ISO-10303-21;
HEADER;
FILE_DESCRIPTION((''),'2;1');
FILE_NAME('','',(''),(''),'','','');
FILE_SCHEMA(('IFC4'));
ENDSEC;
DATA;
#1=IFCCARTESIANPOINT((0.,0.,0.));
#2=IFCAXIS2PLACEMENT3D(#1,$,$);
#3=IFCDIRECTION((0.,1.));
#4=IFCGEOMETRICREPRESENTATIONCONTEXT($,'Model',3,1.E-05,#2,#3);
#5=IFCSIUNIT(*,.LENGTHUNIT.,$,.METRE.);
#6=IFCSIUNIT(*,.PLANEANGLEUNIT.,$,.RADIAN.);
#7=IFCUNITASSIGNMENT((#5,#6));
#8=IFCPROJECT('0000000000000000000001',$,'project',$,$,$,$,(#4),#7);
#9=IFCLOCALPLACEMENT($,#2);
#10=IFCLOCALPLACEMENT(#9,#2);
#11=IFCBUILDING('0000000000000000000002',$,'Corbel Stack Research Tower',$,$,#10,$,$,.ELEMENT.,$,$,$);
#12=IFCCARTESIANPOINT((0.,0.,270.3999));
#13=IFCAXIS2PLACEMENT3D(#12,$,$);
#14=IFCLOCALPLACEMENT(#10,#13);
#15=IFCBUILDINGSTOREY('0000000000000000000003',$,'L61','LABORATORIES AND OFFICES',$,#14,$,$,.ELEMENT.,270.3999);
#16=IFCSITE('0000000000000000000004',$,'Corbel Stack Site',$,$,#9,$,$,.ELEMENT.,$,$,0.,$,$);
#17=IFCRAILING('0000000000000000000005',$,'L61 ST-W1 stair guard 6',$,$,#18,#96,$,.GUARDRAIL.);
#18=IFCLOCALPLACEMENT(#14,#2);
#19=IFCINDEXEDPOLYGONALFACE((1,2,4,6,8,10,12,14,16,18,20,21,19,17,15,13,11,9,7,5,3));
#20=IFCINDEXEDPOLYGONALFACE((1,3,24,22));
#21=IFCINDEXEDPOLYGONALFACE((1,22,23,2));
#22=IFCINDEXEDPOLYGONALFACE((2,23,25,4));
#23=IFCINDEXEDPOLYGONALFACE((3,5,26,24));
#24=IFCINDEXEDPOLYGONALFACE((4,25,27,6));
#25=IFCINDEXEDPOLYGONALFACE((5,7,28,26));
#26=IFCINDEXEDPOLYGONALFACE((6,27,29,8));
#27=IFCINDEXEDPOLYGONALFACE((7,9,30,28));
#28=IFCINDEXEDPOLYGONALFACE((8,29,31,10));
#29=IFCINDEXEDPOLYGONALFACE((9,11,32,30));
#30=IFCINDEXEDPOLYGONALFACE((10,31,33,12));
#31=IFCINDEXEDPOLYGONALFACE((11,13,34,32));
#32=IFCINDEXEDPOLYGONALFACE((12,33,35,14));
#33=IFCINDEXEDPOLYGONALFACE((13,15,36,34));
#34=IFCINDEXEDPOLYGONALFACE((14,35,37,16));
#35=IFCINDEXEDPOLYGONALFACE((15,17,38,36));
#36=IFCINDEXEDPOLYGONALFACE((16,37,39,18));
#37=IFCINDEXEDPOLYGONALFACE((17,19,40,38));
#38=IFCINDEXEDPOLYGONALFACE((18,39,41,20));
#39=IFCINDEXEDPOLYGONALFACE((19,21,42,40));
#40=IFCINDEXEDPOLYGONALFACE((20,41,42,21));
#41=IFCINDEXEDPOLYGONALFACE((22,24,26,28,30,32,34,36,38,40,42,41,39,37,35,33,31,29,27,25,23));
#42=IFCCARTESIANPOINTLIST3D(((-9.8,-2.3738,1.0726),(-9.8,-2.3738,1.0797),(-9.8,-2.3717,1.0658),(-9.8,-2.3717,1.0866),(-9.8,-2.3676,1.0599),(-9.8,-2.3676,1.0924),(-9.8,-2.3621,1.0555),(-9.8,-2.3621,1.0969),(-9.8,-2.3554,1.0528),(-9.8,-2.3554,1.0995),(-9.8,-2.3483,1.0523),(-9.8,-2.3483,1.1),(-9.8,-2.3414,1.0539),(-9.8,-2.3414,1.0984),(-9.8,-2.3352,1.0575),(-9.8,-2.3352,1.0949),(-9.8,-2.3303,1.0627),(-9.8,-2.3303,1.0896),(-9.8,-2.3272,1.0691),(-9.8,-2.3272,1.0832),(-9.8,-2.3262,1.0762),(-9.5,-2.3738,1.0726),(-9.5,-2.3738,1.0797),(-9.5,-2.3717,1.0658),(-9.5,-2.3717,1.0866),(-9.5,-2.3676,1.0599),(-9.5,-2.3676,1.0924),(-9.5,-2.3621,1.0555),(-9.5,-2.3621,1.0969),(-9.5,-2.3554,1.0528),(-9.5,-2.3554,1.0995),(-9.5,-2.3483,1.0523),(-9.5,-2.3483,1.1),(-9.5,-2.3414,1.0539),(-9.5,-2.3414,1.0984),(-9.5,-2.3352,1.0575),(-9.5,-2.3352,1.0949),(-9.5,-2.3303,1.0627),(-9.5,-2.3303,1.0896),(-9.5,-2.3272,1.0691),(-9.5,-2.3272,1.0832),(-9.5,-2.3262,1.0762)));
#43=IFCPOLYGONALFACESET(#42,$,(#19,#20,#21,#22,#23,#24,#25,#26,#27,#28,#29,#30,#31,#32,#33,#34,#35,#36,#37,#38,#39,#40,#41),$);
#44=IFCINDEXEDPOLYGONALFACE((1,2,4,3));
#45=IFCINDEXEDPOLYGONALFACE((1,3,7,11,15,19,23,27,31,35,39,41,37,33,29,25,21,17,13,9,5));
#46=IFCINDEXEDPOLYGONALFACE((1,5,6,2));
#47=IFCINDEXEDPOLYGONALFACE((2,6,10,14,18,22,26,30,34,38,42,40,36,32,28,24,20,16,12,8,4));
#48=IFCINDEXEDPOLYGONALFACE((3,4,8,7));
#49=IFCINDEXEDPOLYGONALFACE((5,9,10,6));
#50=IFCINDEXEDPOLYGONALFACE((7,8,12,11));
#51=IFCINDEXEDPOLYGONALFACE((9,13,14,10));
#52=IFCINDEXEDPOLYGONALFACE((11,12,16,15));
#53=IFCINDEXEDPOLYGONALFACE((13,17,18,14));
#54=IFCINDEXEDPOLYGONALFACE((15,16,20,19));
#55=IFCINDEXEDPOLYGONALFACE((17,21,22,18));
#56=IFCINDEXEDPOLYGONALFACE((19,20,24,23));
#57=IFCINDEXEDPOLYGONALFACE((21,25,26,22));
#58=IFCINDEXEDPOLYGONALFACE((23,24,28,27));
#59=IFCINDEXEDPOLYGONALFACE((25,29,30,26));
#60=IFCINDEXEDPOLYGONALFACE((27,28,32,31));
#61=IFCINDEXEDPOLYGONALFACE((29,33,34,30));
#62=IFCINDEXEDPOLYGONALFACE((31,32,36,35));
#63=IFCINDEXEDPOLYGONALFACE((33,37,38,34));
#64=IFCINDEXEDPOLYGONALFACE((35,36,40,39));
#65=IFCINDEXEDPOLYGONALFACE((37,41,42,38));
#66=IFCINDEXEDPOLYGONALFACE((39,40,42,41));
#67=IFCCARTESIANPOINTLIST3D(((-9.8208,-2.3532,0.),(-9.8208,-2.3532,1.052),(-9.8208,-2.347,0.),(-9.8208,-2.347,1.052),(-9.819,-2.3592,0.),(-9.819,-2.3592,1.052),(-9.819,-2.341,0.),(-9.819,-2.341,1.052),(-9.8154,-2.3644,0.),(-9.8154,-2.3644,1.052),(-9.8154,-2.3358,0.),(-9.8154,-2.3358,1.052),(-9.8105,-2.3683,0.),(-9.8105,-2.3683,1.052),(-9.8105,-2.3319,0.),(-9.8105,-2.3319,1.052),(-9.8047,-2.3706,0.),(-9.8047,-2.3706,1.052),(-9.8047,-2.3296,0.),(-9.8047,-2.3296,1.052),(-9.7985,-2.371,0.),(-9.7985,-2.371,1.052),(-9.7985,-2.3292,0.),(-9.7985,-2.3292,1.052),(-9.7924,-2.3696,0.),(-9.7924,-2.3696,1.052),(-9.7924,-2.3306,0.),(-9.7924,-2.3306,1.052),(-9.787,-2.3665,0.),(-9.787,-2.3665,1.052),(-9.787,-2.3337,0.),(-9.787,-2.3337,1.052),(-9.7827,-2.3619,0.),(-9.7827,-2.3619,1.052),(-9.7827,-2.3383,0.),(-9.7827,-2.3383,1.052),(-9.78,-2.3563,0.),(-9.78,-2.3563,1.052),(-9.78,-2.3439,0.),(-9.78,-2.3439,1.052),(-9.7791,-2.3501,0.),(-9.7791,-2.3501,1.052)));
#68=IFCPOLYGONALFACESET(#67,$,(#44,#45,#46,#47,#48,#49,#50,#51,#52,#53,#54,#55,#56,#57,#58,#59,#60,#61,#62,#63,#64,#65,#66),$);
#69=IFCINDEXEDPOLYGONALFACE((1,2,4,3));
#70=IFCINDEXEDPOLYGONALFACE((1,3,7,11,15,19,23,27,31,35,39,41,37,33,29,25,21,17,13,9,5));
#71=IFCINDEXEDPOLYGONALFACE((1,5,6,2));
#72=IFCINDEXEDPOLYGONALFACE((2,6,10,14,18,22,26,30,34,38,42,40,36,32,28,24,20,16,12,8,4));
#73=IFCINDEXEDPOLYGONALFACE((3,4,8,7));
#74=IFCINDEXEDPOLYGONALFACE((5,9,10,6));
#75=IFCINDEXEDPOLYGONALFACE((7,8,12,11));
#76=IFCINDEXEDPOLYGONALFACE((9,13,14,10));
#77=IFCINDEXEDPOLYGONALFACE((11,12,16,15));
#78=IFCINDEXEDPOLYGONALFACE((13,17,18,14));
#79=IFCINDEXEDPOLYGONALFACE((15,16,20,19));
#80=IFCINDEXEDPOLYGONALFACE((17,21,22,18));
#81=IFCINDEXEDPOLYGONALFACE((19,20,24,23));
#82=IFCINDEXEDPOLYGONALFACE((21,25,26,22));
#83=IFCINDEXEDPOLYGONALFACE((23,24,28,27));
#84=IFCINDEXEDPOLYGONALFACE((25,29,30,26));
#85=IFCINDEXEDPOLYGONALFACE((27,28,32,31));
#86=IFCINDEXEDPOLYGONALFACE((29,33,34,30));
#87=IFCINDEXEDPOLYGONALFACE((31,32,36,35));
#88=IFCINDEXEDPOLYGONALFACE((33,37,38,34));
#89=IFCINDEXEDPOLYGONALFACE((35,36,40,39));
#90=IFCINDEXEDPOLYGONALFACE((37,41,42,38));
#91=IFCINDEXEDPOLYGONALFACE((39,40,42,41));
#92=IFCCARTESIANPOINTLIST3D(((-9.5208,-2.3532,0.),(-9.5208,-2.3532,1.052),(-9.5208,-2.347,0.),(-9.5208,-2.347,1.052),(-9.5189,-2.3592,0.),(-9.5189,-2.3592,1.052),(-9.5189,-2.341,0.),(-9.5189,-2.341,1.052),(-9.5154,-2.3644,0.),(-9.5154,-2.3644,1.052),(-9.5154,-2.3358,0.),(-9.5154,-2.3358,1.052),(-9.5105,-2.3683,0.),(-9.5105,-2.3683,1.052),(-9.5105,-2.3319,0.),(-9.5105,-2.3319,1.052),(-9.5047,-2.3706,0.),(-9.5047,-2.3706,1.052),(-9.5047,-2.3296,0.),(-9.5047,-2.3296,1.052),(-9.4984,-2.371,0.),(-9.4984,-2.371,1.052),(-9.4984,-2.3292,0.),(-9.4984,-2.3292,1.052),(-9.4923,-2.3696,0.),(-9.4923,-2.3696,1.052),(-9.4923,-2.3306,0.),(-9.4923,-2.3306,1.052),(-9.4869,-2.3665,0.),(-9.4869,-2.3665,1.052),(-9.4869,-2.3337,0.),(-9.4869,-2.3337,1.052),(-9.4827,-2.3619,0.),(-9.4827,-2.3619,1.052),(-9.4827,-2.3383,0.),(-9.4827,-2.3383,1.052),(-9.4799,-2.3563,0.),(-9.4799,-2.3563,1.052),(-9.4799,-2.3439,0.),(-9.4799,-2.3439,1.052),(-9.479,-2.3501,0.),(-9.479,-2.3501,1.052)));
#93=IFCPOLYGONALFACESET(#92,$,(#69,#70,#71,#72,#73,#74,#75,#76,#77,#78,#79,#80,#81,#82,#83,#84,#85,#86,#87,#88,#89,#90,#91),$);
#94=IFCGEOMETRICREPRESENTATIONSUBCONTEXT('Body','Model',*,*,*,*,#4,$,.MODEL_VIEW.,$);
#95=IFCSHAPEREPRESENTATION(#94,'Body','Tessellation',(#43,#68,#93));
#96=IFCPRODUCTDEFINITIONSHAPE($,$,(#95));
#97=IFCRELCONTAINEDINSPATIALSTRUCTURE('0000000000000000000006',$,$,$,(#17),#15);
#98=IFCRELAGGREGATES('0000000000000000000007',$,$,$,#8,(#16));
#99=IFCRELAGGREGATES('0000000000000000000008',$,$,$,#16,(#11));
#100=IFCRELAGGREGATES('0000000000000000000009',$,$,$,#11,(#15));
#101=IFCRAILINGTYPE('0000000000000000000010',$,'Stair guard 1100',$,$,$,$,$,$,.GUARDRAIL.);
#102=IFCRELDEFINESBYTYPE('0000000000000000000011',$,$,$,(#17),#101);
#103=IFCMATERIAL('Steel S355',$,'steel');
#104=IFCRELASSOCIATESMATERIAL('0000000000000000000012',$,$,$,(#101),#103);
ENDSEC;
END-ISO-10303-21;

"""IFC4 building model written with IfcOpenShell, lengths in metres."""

from ifc_helpers import new_model, si_unit, direction, frame, origin, origin_2d, place, context, subcontext, project, spatial, circle, extrude, material, type_object, element, save


model = new_model("IFC4")

# Units and contexts
model_context = context("Model", 3, precision=1e-05, world=origin(), true_north=direction((0.0, 1.0)))
body_context = subcontext(model_context, "Body", "Model", "MODEL_VIEW")
ifc_project = project(units=[si_unit("LENGTHUNIT", "METRE"), si_unit("PLANEANGLEUNIT", "RADIAN")], contexts=[model_context])

# Site, building, storey
site_placement = place(None, origin())
site = spatial("IfcSite", under=ifc_project, at=site_placement, Name="Corbel Stack Site", CompositionType="ELEMENT", RefElevation=0.0)
building_placement = place(site_placement, origin())
building = spatial("IfcBuilding", under=site, at=building_placement, Name="Corbel Stack Research Tower", CompositionType="ELEMENT")
storey_placement = place(building_placement, frame((0.0, 0.0, 270.3999)))
storey = spatial("IfcBuildingStorey", under=building, at=storey_placement, Name="L61", Description="LABORATORIES AND OFFICES", CompositionType="ELEMENT", Elevation=270.3999)

# Railing
ifc_material_1 = material(Name="Steel S355", Category="steel")
railing_type_1 = type_object("IfcRailingType", Name="Stair guard 1100", PredefinedType="GUARDRAIL", material=ifc_material_1)
for number, where, name in (
    (1, (-9.8, -2.3501, 0.0), "L61 ST-W1 stair guard 6"),
):
    element("IfcRailing", number, at=place(storey_placement, frame(where)), inside=storey, type_object=railing_type_1, Name=name, PredefinedType="GUARDRAIL", context=body_context, shape_type="SweptSolid", body=[
        extrude(circle(Radius=0.0239, at=origin_2d()), frame((0.0, 0.0, 1.0762), z_axis=(1.0, 0.0, 0.0), x_axis=(0.0, 1.0, 0.0)), (0.0, 0.0, 1.0), 0.3),
        extrude(circle(Radius=0.021, at=origin_2d()), origin(), (0.0, 0.0, 1.0), 1.052),
        extrude(circle(Radius=0.021, at=origin_2d()), frame((0.3, 0.0, 0.0)), (0.0, 0.0, 1.0), 1.052),
    ])

save(model, "model.ifc")
